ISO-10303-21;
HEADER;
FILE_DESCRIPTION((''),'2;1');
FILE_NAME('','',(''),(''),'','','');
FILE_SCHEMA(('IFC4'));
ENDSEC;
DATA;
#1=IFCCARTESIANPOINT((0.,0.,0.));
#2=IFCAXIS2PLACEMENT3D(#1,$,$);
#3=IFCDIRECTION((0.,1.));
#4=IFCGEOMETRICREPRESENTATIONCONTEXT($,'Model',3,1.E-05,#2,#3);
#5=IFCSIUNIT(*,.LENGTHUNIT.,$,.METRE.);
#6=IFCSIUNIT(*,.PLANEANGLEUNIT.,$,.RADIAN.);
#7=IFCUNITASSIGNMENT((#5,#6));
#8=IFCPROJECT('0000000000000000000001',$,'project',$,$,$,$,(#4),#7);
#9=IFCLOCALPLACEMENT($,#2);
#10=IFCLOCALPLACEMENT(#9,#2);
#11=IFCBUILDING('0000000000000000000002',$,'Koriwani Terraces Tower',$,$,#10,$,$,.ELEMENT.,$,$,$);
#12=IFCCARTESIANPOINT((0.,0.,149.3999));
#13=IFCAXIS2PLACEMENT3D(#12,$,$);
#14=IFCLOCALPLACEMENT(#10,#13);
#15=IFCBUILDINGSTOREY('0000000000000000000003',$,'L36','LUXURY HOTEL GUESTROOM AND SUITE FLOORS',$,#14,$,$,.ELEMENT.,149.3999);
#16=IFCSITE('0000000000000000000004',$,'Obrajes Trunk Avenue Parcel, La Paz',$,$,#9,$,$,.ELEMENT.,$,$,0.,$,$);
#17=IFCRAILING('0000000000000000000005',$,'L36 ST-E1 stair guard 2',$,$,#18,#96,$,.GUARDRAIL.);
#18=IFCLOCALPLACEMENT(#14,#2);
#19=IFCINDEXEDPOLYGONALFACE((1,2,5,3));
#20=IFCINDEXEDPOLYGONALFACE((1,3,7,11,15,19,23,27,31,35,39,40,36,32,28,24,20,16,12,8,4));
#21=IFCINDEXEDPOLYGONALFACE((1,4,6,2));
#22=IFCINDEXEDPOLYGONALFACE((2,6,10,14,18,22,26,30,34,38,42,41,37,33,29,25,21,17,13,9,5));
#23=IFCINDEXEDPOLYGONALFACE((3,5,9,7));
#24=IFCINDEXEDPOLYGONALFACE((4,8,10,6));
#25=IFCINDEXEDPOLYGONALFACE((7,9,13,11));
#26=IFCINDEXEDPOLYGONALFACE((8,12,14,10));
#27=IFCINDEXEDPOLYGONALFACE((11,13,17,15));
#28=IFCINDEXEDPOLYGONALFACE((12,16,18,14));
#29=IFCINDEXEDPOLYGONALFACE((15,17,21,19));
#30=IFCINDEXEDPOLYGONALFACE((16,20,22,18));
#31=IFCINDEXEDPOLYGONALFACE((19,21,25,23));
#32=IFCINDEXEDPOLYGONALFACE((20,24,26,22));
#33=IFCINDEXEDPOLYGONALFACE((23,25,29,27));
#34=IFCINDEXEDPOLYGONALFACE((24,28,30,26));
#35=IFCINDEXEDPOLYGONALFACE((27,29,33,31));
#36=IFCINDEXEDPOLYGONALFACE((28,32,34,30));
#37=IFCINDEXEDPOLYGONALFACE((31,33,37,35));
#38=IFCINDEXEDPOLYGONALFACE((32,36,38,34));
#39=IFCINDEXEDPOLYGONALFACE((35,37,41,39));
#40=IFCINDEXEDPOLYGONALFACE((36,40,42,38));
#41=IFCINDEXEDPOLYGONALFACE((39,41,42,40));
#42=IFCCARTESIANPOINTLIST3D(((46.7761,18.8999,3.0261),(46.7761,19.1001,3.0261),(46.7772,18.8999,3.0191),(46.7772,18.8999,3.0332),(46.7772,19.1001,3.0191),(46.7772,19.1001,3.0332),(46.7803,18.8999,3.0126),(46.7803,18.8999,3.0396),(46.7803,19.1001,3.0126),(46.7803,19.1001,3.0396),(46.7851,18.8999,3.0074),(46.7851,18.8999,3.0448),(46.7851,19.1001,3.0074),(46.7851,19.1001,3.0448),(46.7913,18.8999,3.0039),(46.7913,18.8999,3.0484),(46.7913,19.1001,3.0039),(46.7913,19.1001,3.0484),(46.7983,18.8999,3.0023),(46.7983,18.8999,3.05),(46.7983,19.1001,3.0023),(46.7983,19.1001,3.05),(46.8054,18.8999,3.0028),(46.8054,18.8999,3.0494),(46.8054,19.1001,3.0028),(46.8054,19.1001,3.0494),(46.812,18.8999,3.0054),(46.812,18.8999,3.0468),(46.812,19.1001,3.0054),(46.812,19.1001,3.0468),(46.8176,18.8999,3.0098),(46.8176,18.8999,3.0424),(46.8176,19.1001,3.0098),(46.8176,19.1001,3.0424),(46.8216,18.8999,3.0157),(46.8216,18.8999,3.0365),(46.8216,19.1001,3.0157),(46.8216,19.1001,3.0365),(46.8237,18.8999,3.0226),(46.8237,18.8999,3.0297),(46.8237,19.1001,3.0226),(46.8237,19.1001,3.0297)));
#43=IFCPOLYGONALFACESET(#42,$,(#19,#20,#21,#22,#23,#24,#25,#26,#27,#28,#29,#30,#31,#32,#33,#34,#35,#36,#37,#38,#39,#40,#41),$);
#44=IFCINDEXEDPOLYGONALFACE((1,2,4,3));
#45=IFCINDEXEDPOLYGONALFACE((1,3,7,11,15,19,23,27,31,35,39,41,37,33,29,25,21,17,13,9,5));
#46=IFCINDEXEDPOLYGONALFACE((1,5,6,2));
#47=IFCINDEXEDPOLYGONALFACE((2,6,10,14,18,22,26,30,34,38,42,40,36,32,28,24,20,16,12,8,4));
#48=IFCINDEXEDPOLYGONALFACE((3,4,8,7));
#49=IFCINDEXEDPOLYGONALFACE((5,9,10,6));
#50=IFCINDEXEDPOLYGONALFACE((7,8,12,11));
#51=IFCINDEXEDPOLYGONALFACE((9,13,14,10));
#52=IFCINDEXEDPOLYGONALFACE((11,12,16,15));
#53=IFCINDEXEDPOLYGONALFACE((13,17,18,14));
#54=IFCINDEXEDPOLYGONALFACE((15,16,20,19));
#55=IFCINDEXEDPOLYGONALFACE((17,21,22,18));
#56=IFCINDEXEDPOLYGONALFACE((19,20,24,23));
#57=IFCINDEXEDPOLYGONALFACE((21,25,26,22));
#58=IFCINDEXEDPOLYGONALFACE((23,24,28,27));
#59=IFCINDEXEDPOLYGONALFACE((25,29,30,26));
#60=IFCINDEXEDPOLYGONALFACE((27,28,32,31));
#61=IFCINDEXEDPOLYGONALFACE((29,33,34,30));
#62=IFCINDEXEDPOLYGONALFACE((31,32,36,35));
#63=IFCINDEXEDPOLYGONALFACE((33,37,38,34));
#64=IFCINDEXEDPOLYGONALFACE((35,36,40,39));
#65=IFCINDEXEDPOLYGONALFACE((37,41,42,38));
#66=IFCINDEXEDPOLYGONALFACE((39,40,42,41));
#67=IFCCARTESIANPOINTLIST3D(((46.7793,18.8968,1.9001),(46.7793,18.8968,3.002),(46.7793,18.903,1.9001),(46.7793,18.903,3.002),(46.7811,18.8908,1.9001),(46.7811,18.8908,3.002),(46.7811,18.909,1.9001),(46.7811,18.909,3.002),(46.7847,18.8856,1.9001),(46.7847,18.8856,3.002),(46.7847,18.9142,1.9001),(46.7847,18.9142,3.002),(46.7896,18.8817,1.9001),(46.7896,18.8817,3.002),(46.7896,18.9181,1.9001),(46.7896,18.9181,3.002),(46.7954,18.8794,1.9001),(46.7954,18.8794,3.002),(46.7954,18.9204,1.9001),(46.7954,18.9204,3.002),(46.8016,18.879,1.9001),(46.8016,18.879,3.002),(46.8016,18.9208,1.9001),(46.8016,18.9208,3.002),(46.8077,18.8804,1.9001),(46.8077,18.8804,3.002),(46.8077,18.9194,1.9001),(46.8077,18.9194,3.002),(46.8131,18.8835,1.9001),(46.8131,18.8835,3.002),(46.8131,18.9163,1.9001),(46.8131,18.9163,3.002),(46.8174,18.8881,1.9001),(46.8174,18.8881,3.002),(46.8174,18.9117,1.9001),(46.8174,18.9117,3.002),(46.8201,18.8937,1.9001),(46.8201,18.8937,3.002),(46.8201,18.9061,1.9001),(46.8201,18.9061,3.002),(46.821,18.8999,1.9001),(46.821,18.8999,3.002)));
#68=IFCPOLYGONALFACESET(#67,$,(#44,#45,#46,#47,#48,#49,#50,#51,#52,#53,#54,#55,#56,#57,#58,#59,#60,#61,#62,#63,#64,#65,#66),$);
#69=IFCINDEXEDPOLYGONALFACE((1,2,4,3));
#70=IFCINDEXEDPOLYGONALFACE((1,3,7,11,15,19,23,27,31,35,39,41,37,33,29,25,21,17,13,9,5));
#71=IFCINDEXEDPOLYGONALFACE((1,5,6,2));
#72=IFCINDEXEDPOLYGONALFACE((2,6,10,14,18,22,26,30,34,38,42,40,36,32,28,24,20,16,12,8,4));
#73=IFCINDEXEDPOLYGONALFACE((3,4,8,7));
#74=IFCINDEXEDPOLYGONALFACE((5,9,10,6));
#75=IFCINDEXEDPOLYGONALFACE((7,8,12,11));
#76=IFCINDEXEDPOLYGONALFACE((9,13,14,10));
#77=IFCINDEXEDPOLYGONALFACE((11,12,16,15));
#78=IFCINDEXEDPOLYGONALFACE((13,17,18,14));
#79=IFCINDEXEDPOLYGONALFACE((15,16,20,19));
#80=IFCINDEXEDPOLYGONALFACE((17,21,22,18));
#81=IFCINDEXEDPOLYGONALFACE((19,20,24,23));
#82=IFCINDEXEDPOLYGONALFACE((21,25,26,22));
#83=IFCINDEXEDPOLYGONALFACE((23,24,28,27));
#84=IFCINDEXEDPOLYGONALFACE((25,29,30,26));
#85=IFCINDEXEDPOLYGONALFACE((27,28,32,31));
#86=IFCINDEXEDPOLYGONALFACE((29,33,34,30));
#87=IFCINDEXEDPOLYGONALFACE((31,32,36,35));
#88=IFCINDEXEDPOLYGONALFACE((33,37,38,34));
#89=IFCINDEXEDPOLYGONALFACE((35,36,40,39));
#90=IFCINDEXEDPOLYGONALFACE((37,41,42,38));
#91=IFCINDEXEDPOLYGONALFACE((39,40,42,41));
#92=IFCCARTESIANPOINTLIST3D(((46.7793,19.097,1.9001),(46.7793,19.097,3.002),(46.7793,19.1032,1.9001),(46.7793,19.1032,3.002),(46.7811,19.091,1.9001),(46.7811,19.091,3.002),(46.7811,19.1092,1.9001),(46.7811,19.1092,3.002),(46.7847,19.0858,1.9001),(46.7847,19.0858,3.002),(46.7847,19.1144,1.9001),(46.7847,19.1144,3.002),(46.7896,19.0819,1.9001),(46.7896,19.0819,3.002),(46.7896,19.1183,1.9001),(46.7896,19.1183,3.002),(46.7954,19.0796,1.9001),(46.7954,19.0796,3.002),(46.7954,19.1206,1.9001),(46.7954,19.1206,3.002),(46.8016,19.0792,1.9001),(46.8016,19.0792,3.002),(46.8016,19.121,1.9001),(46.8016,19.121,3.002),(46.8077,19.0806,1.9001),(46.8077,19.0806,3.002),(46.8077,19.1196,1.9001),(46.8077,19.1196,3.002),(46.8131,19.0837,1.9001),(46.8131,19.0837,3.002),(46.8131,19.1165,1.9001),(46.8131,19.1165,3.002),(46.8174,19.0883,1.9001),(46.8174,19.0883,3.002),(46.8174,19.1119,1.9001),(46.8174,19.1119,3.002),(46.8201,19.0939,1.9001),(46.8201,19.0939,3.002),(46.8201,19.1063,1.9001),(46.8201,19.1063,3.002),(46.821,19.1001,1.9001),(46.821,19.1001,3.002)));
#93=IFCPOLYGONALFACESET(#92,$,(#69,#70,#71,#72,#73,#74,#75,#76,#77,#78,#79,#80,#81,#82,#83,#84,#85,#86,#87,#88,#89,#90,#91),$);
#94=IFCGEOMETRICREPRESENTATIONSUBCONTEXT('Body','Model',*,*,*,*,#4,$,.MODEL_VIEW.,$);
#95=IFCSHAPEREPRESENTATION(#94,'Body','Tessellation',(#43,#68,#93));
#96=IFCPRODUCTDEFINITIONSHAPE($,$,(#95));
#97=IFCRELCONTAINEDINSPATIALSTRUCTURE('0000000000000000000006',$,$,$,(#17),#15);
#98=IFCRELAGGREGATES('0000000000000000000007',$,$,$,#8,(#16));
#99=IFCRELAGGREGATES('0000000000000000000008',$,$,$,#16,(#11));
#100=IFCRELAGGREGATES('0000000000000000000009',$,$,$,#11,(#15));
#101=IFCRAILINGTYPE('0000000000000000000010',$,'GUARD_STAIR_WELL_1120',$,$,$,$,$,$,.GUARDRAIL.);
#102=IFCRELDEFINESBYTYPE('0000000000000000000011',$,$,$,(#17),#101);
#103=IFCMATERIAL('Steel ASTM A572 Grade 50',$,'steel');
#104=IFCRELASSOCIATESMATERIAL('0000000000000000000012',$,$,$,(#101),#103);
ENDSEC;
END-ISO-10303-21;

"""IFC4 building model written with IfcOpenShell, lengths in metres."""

from ifc_helpers import new_model, si_unit, direction, frame, origin, origin_2d, place, context, subcontext, project, spatial, circle, extrude, material, type_object, element, save


model = new_model("IFC4")

# Units and contexts
model_context = context("Model", 3, precision=1e-05, world=origin(), true_north=direction((0.0, 1.0)))
body_context = subcontext(model_context, "Body", "Model", "MODEL_VIEW")
ifc_project = project(units=[si_unit("LENGTHUNIT", "METRE"), si_unit("PLANEANGLEUNIT", "RADIAN")], contexts=[model_context])

# Site, building, storey
site_placement = place(None, origin())
site = spatial("IfcSite", under=ifc_project, at=site_placement, Name="Obrajes Trunk Avenue Parcel, La Paz", CompositionType="ELEMENT", RefElevation=0.0)
building_placement = place(site_placement, origin())
building = spatial("IfcBuilding", under=site, at=building_placement, Name="Koriwani Terraces Tower", CompositionType="ELEMENT")
storey_placement = place(building_placement, frame((0.0, 0.0, 149.3999)))
storey = spatial("IfcBuildingStorey", under=building, at=storey_placement, Name="L36", Description="LUXURY HOTEL GUESTROOM AND SUITE FLOORS", CompositionType="ELEMENT", Elevation=149.3999)

# Shared definitions
ifc_material_1 = material(Name="Steel ASTM A572 Grade 50", Category="steel")

# Railing
railing_type_1 = type_object("IfcRailingType", Name="GUARD_STAIR_WELL_1120", PredefinedType="GUARDRAIL", material=ifc_material_1)
railing_1_placement = place(storey_placement, frame((46.8, 18.8999, 1.9001)))
element("IfcRailing", 1, at=railing_1_placement, inside=storey, type_object=railing_type_1, Name="L36 ST-E1 stair guard 2", PredefinedType="GUARDRAIL", context=body_context, shape_type="SweptSolid", body=[
    extrude(circle(Radius=0.0239, at=origin_2d()), frame((0.0, 0.0, 1.126), z_axis=(0.0, 1.0, 0.0), x_axis=(-1.0, 0.0, 0.0)), (0.0, 0.0, 1.0), 0.2002),
    extrude(circle(Radius=0.021, at=origin_2d()), origin(), (0.0, 0.0, 1.0), 1.1018),
    extrude(circle(Radius=0.021, at=origin_2d()), frame((0.0, 0.2002, 0.0)), (0.0, 0.0, 1.0), 1.1018),
])

save(model, "model.ifc")
